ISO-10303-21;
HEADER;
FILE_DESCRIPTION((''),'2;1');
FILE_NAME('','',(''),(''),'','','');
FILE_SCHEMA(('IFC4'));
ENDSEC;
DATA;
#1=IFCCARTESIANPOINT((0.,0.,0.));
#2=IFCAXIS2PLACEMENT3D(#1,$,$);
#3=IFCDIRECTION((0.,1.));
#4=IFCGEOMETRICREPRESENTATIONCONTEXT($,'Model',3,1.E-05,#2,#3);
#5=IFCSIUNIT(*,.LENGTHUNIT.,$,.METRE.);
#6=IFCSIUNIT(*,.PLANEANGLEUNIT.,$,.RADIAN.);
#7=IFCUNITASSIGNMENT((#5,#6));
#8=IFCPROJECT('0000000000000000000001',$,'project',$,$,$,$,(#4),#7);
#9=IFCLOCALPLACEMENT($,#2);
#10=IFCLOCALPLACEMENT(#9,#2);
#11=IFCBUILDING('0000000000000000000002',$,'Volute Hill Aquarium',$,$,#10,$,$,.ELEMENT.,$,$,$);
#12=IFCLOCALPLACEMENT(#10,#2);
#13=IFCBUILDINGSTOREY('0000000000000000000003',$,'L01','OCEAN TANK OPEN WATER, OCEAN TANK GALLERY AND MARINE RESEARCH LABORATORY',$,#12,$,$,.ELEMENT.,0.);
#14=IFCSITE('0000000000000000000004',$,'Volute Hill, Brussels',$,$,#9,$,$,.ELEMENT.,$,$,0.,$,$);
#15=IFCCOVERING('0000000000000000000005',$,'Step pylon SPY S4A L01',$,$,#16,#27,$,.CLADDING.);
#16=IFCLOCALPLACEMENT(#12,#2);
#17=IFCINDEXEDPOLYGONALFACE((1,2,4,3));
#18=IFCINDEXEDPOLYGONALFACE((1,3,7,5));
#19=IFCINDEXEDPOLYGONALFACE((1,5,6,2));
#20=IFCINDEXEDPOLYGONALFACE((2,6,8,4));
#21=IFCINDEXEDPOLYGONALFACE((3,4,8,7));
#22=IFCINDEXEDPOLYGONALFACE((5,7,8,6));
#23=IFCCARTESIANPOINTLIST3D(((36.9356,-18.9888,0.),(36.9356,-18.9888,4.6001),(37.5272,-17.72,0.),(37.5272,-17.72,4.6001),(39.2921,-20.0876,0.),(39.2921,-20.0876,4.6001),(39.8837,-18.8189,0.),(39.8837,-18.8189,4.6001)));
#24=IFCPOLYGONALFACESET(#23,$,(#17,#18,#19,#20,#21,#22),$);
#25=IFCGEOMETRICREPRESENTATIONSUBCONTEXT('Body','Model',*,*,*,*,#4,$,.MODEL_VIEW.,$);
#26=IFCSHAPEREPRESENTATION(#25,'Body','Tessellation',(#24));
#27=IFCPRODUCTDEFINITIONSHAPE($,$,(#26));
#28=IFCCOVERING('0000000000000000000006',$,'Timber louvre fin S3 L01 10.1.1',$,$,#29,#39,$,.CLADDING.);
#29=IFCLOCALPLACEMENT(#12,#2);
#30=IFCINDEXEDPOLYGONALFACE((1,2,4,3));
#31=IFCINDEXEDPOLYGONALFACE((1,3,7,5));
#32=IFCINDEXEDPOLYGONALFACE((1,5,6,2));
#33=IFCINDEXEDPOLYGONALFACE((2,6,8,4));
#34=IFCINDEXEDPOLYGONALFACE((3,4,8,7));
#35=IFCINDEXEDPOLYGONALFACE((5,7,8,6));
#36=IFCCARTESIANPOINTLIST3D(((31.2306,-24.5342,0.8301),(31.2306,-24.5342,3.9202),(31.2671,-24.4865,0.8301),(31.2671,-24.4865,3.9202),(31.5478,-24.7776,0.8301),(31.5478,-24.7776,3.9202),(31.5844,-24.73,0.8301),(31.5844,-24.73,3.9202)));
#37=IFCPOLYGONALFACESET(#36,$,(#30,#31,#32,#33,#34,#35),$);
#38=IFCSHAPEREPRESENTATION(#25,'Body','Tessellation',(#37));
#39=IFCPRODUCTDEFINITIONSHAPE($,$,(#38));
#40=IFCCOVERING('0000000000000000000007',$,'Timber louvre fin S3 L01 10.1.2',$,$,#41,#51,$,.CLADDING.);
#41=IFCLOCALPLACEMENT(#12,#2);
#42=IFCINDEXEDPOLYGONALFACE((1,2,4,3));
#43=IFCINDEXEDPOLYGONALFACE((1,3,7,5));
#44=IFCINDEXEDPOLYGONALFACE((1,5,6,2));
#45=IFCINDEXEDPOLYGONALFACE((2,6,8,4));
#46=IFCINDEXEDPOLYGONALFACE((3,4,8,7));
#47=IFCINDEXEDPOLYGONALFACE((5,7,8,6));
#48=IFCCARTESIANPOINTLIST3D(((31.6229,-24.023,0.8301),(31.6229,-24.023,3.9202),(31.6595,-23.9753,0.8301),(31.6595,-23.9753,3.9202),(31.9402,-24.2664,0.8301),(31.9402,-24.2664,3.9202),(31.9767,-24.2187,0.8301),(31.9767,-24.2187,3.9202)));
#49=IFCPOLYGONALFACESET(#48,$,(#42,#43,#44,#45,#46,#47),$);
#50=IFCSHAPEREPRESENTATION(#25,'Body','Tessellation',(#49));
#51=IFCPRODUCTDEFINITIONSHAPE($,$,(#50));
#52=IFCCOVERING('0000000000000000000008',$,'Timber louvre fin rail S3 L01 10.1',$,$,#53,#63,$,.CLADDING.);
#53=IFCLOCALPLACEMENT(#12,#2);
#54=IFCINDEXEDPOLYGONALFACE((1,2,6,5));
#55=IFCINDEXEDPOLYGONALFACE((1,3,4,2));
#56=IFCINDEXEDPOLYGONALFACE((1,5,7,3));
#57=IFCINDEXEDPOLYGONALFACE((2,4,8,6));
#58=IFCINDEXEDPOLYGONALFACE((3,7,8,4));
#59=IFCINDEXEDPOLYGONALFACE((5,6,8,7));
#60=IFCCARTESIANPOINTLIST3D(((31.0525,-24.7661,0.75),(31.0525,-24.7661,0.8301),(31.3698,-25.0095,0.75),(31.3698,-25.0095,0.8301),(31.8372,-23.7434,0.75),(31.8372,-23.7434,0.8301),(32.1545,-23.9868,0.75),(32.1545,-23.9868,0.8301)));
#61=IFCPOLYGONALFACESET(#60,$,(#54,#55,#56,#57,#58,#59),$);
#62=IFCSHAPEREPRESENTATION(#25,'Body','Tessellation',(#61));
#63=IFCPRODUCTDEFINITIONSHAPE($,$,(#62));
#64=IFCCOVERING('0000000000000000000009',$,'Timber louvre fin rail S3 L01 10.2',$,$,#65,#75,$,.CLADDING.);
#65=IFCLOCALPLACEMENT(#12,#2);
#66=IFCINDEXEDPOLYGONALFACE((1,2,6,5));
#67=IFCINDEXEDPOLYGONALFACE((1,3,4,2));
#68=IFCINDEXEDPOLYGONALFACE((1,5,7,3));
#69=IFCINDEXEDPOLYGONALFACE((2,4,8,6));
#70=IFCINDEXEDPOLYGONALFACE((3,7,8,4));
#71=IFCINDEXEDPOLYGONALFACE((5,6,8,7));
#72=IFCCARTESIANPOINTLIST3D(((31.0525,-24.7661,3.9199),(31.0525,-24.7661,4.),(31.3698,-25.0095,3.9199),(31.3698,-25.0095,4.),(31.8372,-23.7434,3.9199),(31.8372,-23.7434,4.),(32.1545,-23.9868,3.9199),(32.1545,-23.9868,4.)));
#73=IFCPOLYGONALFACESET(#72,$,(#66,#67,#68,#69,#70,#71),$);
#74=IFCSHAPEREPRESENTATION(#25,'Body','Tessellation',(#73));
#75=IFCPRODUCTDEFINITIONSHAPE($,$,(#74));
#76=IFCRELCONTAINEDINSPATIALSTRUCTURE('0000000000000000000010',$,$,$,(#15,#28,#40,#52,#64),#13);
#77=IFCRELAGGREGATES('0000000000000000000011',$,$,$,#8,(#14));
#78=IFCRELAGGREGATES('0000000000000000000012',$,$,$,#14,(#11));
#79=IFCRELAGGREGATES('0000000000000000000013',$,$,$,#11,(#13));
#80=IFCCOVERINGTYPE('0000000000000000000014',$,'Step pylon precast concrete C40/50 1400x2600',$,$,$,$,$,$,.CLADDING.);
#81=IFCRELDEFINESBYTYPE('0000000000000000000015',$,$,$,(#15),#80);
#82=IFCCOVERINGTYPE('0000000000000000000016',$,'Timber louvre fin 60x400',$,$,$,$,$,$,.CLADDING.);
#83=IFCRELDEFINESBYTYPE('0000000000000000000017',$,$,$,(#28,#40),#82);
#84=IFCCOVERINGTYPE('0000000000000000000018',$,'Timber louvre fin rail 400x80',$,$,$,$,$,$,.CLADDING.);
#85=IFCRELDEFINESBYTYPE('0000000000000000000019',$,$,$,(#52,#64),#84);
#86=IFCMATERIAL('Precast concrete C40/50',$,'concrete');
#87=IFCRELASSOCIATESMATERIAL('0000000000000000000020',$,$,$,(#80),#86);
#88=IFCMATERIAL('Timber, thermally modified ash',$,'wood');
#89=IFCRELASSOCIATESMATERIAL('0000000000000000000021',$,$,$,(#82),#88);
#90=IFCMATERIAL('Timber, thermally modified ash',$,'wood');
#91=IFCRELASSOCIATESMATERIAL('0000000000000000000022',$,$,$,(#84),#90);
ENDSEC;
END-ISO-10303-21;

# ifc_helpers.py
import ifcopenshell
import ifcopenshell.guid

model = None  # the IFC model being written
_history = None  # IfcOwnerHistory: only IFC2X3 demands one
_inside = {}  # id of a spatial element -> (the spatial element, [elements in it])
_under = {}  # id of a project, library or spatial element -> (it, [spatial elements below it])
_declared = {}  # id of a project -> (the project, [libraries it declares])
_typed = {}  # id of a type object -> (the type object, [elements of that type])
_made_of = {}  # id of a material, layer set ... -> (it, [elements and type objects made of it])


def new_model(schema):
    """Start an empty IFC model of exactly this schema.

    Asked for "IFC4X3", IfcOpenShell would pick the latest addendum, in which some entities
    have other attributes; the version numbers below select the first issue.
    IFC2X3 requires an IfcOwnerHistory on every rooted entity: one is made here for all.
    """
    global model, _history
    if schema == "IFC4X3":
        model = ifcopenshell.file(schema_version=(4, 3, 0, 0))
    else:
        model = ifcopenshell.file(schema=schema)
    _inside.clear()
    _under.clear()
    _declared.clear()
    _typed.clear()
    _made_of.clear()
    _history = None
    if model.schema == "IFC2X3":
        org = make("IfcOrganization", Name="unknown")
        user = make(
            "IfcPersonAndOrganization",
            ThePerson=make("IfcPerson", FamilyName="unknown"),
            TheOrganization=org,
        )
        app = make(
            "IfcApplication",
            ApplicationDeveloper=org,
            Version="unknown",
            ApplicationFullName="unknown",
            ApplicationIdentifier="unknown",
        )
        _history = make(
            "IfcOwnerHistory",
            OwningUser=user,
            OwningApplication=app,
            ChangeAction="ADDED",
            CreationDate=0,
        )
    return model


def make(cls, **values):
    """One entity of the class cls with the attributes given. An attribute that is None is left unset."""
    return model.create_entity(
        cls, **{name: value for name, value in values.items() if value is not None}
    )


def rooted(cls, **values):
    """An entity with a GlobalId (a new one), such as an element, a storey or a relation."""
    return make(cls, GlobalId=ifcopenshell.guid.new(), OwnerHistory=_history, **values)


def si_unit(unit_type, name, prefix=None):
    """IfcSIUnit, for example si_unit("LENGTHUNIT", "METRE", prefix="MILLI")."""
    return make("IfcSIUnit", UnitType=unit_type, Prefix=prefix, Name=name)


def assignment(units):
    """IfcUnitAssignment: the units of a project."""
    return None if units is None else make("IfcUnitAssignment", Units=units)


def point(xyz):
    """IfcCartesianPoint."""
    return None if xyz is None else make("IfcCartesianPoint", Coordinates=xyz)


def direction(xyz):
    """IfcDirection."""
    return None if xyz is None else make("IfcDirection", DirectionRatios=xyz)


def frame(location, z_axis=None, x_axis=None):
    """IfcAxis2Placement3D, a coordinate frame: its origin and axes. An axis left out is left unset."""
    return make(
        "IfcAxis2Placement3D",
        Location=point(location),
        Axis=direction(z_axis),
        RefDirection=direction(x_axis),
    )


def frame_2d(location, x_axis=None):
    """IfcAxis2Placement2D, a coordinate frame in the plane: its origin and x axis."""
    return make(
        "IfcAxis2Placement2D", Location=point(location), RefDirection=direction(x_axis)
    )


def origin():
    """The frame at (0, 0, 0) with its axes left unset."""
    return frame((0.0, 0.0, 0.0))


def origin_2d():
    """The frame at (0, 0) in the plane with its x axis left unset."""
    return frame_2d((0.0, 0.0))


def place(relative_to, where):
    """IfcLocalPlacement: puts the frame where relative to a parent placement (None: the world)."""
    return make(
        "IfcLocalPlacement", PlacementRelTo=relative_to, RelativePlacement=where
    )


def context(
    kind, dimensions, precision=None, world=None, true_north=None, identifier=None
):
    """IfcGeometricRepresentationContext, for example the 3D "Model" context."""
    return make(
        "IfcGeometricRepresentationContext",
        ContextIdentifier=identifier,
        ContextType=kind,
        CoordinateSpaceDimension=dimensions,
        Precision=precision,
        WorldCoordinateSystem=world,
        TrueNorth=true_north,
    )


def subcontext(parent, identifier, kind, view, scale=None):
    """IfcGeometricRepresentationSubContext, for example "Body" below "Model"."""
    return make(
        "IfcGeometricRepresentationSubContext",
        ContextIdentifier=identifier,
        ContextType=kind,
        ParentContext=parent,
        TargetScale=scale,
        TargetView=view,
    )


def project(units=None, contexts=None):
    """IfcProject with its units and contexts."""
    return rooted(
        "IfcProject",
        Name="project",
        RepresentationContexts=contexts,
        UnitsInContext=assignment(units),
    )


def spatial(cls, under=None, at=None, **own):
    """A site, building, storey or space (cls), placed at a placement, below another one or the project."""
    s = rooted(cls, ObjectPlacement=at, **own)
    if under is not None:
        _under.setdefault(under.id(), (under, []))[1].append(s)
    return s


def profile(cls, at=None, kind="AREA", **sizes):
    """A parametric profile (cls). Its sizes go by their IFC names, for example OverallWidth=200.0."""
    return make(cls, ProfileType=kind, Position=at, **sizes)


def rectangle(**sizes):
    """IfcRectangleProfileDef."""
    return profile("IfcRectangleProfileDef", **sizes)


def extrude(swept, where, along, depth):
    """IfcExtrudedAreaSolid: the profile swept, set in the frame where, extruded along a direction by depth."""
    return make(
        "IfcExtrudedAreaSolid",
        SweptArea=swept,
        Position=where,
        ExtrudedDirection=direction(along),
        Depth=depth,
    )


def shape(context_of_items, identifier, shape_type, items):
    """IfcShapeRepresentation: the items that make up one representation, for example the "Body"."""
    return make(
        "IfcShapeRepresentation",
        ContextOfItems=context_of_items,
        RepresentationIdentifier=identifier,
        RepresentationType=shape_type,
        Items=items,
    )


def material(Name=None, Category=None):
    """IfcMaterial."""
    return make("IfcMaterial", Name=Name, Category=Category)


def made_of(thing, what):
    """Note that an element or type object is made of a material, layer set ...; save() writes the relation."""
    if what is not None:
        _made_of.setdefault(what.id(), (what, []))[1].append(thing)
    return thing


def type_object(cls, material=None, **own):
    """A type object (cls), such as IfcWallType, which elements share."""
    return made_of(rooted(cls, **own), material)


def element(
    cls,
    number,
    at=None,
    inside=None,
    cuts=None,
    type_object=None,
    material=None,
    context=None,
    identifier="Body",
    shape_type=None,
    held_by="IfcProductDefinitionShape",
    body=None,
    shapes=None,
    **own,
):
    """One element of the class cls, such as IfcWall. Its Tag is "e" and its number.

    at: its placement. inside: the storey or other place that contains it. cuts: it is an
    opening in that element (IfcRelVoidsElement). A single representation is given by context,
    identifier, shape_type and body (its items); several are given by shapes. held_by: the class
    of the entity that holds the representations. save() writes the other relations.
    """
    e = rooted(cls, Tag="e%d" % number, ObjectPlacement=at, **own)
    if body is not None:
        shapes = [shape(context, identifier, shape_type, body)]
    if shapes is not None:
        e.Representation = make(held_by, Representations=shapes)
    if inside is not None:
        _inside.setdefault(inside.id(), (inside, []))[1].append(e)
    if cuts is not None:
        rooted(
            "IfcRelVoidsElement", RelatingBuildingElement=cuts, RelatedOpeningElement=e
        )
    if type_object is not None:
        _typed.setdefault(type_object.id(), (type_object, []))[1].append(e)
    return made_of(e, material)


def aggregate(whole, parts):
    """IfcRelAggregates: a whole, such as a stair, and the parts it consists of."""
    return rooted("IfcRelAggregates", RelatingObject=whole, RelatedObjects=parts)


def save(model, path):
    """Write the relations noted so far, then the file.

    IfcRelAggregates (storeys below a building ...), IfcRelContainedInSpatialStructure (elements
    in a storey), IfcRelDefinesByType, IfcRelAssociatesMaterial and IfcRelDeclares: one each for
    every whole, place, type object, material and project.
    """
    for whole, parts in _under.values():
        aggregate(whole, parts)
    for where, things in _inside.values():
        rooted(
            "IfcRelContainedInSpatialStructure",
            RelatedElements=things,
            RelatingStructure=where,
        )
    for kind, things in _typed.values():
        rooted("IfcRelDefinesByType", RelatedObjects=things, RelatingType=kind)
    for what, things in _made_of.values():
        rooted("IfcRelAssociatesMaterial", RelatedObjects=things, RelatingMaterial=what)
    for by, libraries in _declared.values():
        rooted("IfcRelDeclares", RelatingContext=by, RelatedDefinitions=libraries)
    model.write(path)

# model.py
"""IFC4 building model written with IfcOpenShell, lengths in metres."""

from ifc_helpers import new_model, si_unit, direction, frame, origin, origin_2d, place, context, subcontext, project, spatial, rectangle, extrude, material, type_object, element, save


model = new_model("IFC4")

# Units and contexts
model_context = context("Model", 3, precision=1e-05, world=origin(), true_north=direction((0.0, 1.0)))
body_context = subcontext(model_context, "Body", "Model", "MODEL_VIEW")
ifc_project = project(units=[si_unit("LENGTHUNIT", "METRE"), si_unit("PLANEANGLEUNIT", "RADIAN")], contexts=[model_context])

# Site, building, storey
site_placement = place(None, origin())
site = spatial("IfcSite", under=ifc_project, at=site_placement, Name="Volute Hill, Brussels", CompositionType="ELEMENT", RefElevation=0.0)
building_placement = place(site_placement, origin())
building = spatial("IfcBuilding", under=site, at=building_placement, Name="Volute Hill Aquarium", CompositionType="ELEMENT")
storey_placement = place(building_placement, origin())
storey = spatial("IfcBuildingStorey", under=building, at=storey_placement, Name="L01", Description="OCEAN TANK OPEN WATER, OCEAN TANK GALLERY AND MARINE RESEARCH LABORATORY", CompositionType="ELEMENT", Elevation=0.0)

# Coverings
ifc_material_1 = material(Name="Precast concrete C40/50", Category="concrete")
covering_type_1 = type_object("IfcCoveringType", Name="Step pylon precast concrete C40/50 1400x2600", PredefinedType="CLADDING", material=ifc_material_1)
for number, where, z_axis, x_axis, name in (
    (1, (38.4097, -18.9038, 0.0), (0.0, 0.0, 1.0), (0.906308, -0.422618, 0.0), "Step pylon SPY S4A L01"),
):
    element("IfcCovering", number, at=place(storey_placement, frame(where, z_axis=z_axis, x_axis=x_axis)), inside=storey, type_object=covering_type_1, Name=name, PredefinedType="CLADDING", context=body_context, shape_type="SweptSolid", body=[
        extrude(rectangle(XDim=2.6001, YDim=1.3999, at=origin_2d()), origin(), (0.0, 0.0, 1.0), 4.6001),
    ])
ifc_material_2 = material(Name="Timber, thermally modified ash", Category="wood")
covering_type_2 = type_object("IfcCoveringType", Name="Timber louvre fin 60x400", PredefinedType="CLADDING", material=ifc_material_2)
for number, where, z_axis, x_axis, name in (
    (2, (31.4075, -24.6321, 0.8301), (0.0, 0.0, 1.0), (0.608746, 0.793365, 0.0), "Timber louvre fin S3 L01 10.1.1"),
    (3, (31.7998, -24.1208, 0.8301), (0.0, 0.0, 1.0), (0.608746, 0.793365, 0.0), "Timber louvre fin S3 L01 10.1.2"),
):
    element("IfcCovering", number, at=place(storey_placement, frame(where, z_axis=z_axis, x_axis=x_axis)), inside=storey, type_object=covering_type_2, Name=name, PredefinedType="CLADDING", context=body_context, shape_type="SweptSolid", body=[
        extrude(rectangle(XDim=0.0601, YDim=0.3999, at=origin_2d()), origin(), (0.0, 0.0, 1.0), 3.0901),
    ])
ifc_material_3 = material(Name="Timber, thermally modified ash", Category="wood")
covering_type_3 = type_object("IfcCoveringType", Name="Timber louvre fin rail 400x80", PredefinedType="CLADDING", material=ifc_material_3)
for number, where, z_axis, x_axis, name in (
    (4, (31.6035, -24.3765, 0.75), (0.0, 0.0, 1.0), (0.608746, 0.793365, 0.0), "Timber louvre fin rail S3 L01 10.1"),
    (5, (31.6035, -24.3765, 3.9199), (0.0, 0.0, 1.0), (0.608746, 0.793365, 0.0), "Timber louvre fin rail S3 L01 10.2"),
):
    element("IfcCovering", number, at=place(storey_placement, frame(where, z_axis=z_axis, x_axis=x_axis)), inside=storey, type_object=covering_type_3, Name=name, PredefinedType="CLADDING", context=body_context, shape_type="SweptSolid", body=[
        extrude(rectangle(XDim=1.2891, YDim=0.3999, at=origin_2d()), origin(), (0.0, 0.0, 1.0), 0.0801),
    ])

save(model, "model.ifc")
